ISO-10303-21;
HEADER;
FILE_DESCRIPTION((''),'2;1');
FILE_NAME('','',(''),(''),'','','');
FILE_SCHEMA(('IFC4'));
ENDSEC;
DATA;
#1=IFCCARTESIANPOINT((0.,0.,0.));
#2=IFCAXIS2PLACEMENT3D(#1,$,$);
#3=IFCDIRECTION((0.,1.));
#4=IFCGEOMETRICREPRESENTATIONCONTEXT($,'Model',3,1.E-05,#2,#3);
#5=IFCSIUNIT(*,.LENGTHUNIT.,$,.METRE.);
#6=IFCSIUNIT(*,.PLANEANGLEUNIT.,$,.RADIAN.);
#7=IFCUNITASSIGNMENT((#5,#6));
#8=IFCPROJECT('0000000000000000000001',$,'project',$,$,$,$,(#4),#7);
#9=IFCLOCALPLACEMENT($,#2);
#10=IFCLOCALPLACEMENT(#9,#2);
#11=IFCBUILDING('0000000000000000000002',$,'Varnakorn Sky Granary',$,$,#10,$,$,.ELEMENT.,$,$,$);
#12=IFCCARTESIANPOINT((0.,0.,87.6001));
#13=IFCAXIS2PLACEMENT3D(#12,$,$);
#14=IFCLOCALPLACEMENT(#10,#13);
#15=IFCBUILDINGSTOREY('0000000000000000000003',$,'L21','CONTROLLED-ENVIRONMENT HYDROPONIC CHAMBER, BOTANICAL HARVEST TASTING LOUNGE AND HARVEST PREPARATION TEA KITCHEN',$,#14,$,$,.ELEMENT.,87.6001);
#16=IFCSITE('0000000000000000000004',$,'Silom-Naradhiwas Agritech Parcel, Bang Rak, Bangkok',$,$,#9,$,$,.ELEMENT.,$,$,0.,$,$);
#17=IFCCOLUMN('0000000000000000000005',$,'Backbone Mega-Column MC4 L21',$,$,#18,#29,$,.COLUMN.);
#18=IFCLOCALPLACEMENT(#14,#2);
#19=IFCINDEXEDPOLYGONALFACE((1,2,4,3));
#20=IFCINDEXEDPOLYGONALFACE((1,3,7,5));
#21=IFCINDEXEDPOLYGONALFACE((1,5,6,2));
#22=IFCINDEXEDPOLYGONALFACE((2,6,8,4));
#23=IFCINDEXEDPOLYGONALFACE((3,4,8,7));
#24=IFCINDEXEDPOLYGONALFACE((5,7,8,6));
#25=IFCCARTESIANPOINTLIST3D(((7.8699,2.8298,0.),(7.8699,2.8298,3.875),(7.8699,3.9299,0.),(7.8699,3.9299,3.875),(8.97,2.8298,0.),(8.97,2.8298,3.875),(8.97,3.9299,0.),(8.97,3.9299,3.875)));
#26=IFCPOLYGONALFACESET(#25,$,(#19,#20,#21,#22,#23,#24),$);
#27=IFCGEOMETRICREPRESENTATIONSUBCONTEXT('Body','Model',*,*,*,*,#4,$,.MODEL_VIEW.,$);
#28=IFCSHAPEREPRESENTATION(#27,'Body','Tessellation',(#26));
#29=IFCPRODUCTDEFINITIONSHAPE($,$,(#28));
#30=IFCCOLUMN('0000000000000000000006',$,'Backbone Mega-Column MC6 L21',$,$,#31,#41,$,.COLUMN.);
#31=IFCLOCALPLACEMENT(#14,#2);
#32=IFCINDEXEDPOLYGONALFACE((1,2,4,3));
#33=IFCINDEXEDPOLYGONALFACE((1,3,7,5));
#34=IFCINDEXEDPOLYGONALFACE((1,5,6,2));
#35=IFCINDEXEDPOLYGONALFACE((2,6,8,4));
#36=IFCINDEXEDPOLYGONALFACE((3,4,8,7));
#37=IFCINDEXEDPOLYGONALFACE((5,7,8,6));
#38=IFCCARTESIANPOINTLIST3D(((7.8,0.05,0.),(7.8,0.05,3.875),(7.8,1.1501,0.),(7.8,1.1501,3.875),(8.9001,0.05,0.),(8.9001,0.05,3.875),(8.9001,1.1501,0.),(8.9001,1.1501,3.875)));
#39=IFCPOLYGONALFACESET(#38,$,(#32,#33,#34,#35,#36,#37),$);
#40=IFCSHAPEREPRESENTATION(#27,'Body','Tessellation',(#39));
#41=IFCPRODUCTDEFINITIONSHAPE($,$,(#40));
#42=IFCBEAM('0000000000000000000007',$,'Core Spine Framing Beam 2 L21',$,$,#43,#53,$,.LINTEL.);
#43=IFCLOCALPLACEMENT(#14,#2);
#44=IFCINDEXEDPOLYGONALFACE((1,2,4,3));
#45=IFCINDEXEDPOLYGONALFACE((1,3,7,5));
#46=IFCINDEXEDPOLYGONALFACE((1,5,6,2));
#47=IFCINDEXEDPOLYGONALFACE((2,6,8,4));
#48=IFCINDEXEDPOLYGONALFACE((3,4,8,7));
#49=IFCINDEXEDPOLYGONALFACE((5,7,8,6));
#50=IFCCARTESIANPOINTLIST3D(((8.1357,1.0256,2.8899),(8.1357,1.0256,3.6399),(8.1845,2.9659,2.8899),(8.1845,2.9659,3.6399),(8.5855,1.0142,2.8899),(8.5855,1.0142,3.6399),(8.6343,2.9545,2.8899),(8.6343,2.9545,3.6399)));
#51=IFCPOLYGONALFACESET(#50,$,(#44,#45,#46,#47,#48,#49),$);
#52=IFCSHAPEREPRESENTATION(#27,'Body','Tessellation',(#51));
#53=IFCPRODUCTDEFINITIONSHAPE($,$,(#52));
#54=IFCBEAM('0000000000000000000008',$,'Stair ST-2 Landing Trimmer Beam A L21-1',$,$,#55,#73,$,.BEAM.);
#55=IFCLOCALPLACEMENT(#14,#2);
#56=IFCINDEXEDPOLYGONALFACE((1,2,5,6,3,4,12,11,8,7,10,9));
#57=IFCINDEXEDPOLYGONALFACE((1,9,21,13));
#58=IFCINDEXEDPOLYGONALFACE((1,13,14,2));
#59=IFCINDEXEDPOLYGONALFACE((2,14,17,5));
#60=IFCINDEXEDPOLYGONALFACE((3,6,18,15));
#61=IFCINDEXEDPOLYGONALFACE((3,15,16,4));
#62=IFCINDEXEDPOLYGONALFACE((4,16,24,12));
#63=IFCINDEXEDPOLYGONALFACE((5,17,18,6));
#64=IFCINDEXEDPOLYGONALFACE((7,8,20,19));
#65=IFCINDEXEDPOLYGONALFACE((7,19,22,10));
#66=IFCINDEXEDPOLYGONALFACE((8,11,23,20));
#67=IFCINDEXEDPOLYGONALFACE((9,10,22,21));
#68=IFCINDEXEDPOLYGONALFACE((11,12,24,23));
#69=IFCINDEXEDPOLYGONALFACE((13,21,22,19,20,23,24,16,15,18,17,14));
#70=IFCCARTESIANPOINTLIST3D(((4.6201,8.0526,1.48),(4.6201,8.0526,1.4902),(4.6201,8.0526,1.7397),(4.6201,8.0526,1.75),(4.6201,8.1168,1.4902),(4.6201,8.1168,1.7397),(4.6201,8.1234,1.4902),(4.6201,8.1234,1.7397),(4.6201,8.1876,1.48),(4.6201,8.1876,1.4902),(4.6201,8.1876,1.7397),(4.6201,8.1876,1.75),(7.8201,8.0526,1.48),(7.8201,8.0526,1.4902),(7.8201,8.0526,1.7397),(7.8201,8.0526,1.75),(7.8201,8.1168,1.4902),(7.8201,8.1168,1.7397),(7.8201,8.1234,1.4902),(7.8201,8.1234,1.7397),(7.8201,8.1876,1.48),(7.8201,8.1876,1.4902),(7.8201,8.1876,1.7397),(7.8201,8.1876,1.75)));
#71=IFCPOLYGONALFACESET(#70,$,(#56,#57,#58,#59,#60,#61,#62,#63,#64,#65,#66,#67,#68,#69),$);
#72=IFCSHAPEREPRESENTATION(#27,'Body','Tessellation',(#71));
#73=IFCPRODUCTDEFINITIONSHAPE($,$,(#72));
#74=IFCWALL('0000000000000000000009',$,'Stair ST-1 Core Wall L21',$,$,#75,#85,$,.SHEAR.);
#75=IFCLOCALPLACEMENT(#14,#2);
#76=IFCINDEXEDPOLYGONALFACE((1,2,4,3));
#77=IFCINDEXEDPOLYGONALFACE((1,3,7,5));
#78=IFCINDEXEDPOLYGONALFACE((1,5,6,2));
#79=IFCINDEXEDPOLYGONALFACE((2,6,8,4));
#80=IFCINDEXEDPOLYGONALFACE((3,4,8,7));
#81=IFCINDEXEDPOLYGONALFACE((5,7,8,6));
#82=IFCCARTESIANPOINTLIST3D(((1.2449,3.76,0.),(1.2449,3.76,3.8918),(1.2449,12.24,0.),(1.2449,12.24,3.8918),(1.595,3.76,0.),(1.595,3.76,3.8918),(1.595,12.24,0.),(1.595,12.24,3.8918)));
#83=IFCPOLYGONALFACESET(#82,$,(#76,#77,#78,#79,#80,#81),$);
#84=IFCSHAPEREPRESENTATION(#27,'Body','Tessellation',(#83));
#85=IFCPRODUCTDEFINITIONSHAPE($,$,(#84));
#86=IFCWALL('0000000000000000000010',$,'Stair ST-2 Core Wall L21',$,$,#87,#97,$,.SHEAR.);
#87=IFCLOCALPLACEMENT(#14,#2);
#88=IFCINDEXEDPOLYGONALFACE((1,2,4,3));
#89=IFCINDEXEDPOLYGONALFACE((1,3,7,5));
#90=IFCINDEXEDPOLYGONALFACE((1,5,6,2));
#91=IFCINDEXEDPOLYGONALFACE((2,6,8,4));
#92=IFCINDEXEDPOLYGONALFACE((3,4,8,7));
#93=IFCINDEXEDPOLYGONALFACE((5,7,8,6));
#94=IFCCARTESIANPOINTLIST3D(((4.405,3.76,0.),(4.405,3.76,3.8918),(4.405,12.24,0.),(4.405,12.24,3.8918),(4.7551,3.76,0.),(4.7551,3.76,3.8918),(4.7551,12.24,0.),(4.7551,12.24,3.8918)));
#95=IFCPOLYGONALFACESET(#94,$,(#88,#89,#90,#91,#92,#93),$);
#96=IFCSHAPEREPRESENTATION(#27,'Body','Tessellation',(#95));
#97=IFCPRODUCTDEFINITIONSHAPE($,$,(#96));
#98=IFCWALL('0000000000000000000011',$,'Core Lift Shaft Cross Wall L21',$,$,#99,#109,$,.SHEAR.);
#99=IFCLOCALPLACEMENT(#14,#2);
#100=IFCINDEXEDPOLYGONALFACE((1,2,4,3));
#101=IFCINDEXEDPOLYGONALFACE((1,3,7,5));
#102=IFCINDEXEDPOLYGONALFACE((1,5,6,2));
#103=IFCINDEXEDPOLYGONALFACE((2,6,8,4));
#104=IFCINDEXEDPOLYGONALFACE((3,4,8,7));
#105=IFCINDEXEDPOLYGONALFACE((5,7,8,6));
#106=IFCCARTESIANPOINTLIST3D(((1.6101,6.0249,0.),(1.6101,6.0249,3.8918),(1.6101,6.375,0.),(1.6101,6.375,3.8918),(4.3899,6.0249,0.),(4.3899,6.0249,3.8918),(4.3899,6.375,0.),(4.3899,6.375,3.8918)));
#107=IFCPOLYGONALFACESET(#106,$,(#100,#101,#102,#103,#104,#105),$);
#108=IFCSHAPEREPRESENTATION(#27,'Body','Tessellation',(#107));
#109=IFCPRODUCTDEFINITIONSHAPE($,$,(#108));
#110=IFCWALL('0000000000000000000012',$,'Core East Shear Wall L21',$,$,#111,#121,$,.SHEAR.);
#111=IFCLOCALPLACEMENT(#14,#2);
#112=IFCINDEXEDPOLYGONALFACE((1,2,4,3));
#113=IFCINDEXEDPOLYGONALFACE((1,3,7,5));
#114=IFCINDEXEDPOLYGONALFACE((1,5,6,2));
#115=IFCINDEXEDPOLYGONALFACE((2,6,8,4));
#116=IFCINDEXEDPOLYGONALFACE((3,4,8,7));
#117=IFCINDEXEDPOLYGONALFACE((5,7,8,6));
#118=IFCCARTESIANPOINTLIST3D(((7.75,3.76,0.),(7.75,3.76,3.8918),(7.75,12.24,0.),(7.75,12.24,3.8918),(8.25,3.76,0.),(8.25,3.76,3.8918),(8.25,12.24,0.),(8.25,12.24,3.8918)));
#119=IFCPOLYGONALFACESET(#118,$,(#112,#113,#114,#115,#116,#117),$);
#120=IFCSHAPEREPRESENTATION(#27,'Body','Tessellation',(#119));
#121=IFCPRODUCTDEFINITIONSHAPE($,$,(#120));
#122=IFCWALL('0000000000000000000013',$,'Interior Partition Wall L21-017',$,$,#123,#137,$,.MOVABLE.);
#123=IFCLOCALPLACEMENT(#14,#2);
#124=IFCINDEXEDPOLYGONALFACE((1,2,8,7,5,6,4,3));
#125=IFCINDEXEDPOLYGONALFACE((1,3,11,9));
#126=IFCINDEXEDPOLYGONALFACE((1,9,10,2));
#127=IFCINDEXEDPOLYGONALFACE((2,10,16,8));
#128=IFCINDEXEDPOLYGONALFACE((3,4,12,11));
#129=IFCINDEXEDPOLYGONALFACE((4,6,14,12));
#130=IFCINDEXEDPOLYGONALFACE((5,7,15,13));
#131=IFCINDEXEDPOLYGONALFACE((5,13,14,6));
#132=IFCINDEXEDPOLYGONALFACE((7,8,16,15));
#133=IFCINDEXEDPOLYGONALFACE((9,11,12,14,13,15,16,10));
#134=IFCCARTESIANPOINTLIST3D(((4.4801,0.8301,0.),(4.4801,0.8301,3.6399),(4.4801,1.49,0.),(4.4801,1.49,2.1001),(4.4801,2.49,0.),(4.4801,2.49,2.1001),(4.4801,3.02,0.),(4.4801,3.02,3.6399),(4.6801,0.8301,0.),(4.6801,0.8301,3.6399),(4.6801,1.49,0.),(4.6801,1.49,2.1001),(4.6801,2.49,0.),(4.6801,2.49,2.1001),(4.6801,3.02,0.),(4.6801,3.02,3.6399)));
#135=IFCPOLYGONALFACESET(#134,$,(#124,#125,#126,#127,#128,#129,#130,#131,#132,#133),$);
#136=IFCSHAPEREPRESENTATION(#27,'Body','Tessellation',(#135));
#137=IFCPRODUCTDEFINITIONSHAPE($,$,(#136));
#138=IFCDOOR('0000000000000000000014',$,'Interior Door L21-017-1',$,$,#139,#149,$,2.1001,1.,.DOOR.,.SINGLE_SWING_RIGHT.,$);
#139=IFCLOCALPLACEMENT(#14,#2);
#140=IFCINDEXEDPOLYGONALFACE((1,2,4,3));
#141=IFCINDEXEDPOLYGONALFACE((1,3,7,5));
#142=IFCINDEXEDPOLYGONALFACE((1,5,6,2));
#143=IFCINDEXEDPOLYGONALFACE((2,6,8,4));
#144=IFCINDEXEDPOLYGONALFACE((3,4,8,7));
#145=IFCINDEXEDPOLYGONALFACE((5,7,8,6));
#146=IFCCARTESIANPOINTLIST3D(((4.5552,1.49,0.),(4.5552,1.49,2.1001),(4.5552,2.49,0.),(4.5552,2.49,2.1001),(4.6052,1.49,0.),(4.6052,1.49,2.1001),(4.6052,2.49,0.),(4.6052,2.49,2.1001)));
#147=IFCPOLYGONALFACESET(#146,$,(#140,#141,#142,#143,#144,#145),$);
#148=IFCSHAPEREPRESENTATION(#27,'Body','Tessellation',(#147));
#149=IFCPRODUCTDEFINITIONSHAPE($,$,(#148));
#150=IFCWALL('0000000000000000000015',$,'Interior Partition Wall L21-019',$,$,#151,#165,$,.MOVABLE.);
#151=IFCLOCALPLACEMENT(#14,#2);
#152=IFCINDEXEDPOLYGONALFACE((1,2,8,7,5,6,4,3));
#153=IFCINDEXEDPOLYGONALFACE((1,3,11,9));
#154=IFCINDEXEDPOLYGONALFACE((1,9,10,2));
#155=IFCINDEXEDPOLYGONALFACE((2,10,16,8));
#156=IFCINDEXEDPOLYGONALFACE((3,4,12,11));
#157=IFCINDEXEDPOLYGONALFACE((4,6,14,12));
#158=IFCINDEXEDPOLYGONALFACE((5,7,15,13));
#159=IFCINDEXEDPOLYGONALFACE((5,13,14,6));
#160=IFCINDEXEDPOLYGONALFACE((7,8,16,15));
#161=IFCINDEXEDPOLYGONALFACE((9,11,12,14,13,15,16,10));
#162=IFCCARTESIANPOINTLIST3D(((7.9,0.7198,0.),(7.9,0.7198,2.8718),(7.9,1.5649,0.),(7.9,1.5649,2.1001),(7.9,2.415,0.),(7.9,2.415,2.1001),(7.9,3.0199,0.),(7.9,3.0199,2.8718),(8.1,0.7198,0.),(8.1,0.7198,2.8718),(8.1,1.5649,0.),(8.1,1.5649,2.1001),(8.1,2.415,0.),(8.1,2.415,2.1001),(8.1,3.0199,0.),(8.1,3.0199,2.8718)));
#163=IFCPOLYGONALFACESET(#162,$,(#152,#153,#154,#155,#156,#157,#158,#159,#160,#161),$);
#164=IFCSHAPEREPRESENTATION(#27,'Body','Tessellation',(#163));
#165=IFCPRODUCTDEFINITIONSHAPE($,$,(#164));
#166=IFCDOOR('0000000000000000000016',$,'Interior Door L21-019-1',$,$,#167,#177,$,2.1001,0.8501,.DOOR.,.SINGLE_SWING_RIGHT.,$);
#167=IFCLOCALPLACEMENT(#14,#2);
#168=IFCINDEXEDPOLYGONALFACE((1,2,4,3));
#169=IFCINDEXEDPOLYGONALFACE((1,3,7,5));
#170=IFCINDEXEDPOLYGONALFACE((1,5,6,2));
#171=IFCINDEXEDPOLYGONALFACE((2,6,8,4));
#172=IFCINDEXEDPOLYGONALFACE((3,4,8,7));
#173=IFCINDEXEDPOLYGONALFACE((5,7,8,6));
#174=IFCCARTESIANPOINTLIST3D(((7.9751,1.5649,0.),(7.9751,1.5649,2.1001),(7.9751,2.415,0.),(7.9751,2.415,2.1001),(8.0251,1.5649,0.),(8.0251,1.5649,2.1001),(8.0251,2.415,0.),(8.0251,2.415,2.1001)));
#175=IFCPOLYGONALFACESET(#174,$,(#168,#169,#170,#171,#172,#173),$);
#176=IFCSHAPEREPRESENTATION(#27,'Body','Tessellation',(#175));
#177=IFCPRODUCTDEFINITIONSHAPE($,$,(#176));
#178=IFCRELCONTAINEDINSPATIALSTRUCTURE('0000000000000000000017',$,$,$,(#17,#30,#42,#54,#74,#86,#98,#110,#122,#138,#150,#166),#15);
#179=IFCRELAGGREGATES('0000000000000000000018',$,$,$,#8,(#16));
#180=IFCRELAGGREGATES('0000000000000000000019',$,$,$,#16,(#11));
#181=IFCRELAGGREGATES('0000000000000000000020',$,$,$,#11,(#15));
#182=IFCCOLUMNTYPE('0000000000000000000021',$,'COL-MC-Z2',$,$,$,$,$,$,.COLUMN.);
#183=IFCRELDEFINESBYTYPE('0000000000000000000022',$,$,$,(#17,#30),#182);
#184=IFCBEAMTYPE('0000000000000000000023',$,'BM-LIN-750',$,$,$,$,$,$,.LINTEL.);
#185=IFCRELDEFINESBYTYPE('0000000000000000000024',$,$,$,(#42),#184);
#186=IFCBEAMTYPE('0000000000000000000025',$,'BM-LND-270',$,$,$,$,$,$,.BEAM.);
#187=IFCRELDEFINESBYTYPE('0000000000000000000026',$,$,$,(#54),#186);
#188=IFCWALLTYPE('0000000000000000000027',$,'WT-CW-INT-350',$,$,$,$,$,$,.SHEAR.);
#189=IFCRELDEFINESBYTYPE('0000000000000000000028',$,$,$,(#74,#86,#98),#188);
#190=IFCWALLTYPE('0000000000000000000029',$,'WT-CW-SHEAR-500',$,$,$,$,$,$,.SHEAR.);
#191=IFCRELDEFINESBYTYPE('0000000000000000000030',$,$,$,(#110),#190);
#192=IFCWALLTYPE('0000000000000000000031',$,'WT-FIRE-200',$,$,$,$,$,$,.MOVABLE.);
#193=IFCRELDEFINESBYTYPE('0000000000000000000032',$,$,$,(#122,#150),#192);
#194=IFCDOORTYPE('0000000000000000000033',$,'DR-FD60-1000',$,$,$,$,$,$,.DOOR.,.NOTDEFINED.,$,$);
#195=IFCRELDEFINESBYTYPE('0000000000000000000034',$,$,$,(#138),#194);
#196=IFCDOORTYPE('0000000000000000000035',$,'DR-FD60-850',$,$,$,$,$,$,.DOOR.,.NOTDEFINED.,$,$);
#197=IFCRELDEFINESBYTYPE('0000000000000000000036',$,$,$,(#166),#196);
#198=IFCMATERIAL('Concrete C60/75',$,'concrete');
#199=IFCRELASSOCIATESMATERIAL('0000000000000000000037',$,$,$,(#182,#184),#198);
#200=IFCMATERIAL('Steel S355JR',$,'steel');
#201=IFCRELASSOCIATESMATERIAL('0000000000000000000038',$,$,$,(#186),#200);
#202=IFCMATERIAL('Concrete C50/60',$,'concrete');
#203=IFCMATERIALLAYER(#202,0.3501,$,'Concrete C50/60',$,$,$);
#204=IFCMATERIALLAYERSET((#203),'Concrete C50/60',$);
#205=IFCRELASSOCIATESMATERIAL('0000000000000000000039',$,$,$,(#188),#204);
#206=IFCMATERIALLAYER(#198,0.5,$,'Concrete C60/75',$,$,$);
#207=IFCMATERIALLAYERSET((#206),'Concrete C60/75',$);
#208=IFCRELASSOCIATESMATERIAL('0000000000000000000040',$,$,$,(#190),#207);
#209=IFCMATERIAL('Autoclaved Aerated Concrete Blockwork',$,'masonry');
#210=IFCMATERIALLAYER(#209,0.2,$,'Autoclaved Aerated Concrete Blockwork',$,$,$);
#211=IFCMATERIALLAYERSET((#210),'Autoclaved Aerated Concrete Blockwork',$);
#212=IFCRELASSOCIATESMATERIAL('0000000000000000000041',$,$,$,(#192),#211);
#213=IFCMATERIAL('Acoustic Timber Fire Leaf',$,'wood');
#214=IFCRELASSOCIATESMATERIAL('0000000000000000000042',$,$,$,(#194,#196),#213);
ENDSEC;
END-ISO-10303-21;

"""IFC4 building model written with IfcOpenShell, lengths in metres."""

from ifc_helpers import new_model, si_unit, direction, frame, frame_2d, origin, origin_2d, place, context, subcontext, project, spatial, rectangle, i_section, extrude, material, layer, layer_set, material_profile, profile_set, type_object, element, fill, save


model = new_model("IFC4")

# Units and contexts
model_context = context("Model", 3, precision=1e-05, world=origin(), true_north=direction((0.0, 1.0)))
body_context = subcontext(model_context, "Body", "Model", "MODEL_VIEW")
ifc_project = project(units=[si_unit("LENGTHUNIT", "METRE"), si_unit("PLANEANGLEUNIT", "RADIAN")], contexts=[model_context])

# Site, building, storey
site_placement = place(None, origin())
site = spatial("IfcSite", under=ifc_project, at=site_placement, Name="Silom-Naradhiwas Agritech Parcel, Bang Rak, Bangkok", CompositionType="ELEMENT", RefElevation=0.0)
building_placement = place(site_placement, origin())
building = spatial("IfcBuilding", under=site, at=building_placement, Name="Varnakorn Sky Granary", CompositionType="ELEMENT")
storey_placement = place(building_placement, frame((0.0, 0.0, 87.6001)))
storey = spatial("IfcBuildingStorey", under=building, at=storey_placement, Name="L21", Description="CONTROLLED-ENVIRONMENT HYDROPONIC CHAMBER, BOTANICAL HARVEST TASTING LOUNGE AND HARVEST PREPARATION TEA KITCHEN", CompositionType="ELEMENT", Elevation=87.6001)

# Columns
ifc_material_1 = material(Name="Concrete C60/75", Category="concrete")
ifc_material_profile_1 = material_profile(ifc_material_1, rectangle(XDim=1.1001, YDim=1.1001, at=origin_2d()), Name="RC 1100x1100")
ifc_profile_set_1 = profile_set([ifc_material_profile_1], Name="Concrete C60/75")
column_type = type_object("IfcColumnType", Name="COL-MC-Z2", PredefinedType="COLUMN", material=ifc_profile_set_1)
for number, where, z_axis, x_axis, name in (
    (1, (8.4199, 3.3799, 0.0), (0.0, 0.0, 1.0), (1.0, 0.0, 0.0), "Backbone Mega-Column MC4 L21"),
    (2, (8.3501, 0.6001, 0.0), (0.0, 0.0, 1.0), (1.0, 0.0, 0.0), "Backbone Mega-Column MC6 L21"),
):
    element("IfcColumn", number, at=place(storey_placement, frame(where, z_axis=z_axis, x_axis=x_axis)), inside=storey, type_object=column_type, Name=name, PredefinedType="COLUMN", context=body_context, shape_type="SweptSolid", body=[
        extrude(rectangle(XDim=1.1001, YDim=1.1001, at=origin_2d()), origin(), (0.0, 0.0, 1.0), 3.875),
    ])

# Beams
ifc_material_profile_2 = material_profile(ifc_material_1, rectangle(XDim=0.45, YDim=0.75, at=origin_2d()), Name="RC 450x750")
ifc_profile_set_2 = profile_set([ifc_material_profile_2], Name="Concrete C60/75")
beam_type_1 = type_object("IfcBeamType", Name="BM-LIN-750", PredefinedType="LINTEL", material=ifc_profile_set_2)
beam_1_placement = place(storey_placement, frame((8.4094, 2.9602, 3.2649), z_axis=(-0.025159, -0.999683, 0.0), x_axis=(0.999683, -0.025159, 0.0)))
element("IfcBeam", 3, at=beam_1_placement, inside=storey, type_object=beam_type_1, Name="Core Spine Framing Beam 2 L21", PredefinedType="LINTEL", context=body_context, shape_type="SweptSolid", body=[
    extrude(rectangle(XDim=0.45, YDim=0.75, at=origin_2d()), origin(), (0.0, 0.0, 1.0), 1.9409),
])
ifc_material_2 = material(Name="Steel S355JR", Category="steel")
ifc_material_profile_3 = material_profile(ifc_material_2, i_section(OverallWidth=0.135, OverallDepth=0.27, WebThickness=0.0066, FlangeThickness=0.0103, at=origin_2d()), Name="IPE 270")
ifc_profile_set_3 = profile_set([ifc_material_profile_3], Name="Steel S355JR")
beam_type_2 = type_object("IfcBeamType", Name="BM-LND-270", PredefinedType="BEAM", material=ifc_profile_set_3)
beam_2_placement = place(storey_placement, frame((4.6201, 8.1201, 1.615), z_axis=(1.0, 0.0, 0.0), x_axis=(0.0, 1.0, 0.0)))
element("IfcBeam", 4, at=beam_2_placement, inside=storey, type_object=beam_type_2, Name="Stair ST-2 Landing Trimmer Beam A L21-1", PredefinedType="BEAM", context=body_context, shape_type="SweptSolid", body=[
    extrude(i_section(OverallWidth=0.135, OverallDepth=0.27, WebThickness=0.0066, FlangeThickness=0.0103, at=origin_2d()), origin(), (0.0, 0.0, 1.0), 3.2),
])

# Walls
ifc_material_3 = material(Name="Concrete C50/60", Category="concrete")
ifc_layer_1 = layer(ifc_material_3, 0.3501, Name="Concrete C50/60")
ifc_layer_set_1 = layer_set([ifc_layer_1], Name="Concrete C50/60")
wall_type_1 = type_object("IfcWallType", Name="WT-CW-INT-350", PredefinedType="SHEAR", material=ifc_layer_set_1)
for number, where, z_axis, x_axis, name in (
    (5, (1.4199, 3.76, 0.0), (0.0, 0.0, 1.0), (0.0, 1.0, 0.0), "Stair ST-1 Core Wall L21"),
    (6, (4.5801, 3.76, 0.0), (0.0, 0.0, 1.0), (0.0, 1.0, 0.0), "Stair ST-2 Core Wall L21"),
):
    element("IfcWall", number, at=place(storey_placement, frame(where, z_axis=z_axis, x_axis=x_axis)), inside=storey, type_object=wall_type_1, Name=name, PredefinedType="SHEAR", context=body_context, shape_type="SweptSolid", body=[
        extrude(rectangle(XDim=8.48, YDim=0.3501, at=frame_2d((4.24, 0.0))), origin(), (0.0, 0.0, 1.0), 3.8918),
    ])
wall_1_placement = place(storey_placement, frame((1.6101, 6.2, 0.0), z_axis=(0.0, 0.0, 1.0), x_axis=(1.0, 0.0, 0.0)))
element("IfcWall", 7, at=wall_1_placement, inside=storey, type_object=wall_type_1, Name="Core Lift Shaft Cross Wall L21", PredefinedType="SHEAR", context=body_context, shape_type="SweptSolid", body=[
    extrude(rectangle(XDim=2.7798, YDim=0.3501, at=frame_2d((1.3899, 0.0))), origin(), (0.0, 0.0, 1.0), 3.8918),
])
ifc_layer_2 = layer(ifc_material_1, 0.5, Name="Concrete C60/75")
ifc_layer_set_2 = layer_set([ifc_layer_2], Name="Concrete C60/75")
wall_type_2 = type_object("IfcWallType", Name="WT-CW-SHEAR-500", PredefinedType="SHEAR", material=ifc_layer_set_2)
wall_2_placement = place(storey_placement, frame((8.0, 3.76, 0.0), z_axis=(0.0, 0.0, 1.0), x_axis=(0.0, 1.0, 0.0)))
element("IfcWall", 8, at=wall_2_placement, inside=storey, type_object=wall_type_2, Name="Core East Shear Wall L21", PredefinedType="SHEAR", context=body_context, shape_type="SweptSolid", body=[
    extrude(rectangle(XDim=8.48, YDim=0.5, at=frame_2d((4.24, 0.0))), origin(), (0.0, 0.0, 1.0), 3.8918),
])

# Walls, openings, doors
ifc_material_4 = material(Name="Autoclaved Aerated Concrete Blockwork", Category="masonry")
ifc_layer_3 = layer(ifc_material_4, 0.2, Name="Autoclaved Aerated Concrete Blockwork")
ifc_layer_set_3 = layer_set([ifc_layer_3], Name="Autoclaved Aerated Concrete Blockwork")
wall_type_3 = type_object("IfcWallType", Name="WT-FIRE-200", PredefinedType="MOVABLE", material=ifc_layer_set_3)
wall_3_placement = place(storey_placement, frame((4.5801, 0.8301, 0.0), z_axis=(0.0, 0.0, 1.0), x_axis=(0.0, 1.0, 0.0)))
wall_3 = element("IfcWall", 9, at=wall_3_placement, inside=storey, type_object=wall_type_3, Name="Interior Partition Wall L21-017", PredefinedType="MOVABLE", context=body_context, shape_type="SweptSolid", body=[
    extrude(rectangle(XDim=2.1899, YDim=0.2, at=frame_2d((1.095, 0.0))), origin(), (0.0, 0.0, 1.0), 3.6399),
])
opening_1_placement = place(wall_3_placement, frame((0.6599, 0.0, 0.0)))
opening_1 = element("IfcOpeningElement", 10, at=opening_1_placement, cuts=wall_3, PredefinedType="OPENING", context=body_context, shape_type="SweptSolid", body=[
    extrude(rectangle(XDim=1.0, YDim=2.1001, at=frame_2d((0.5, 1.05))), frame((0.0, 0.1099, 0.0), z_axis=(0.0, -1.0, 0.0), x_axis=(1.0, 0.0, 0.0)), (0.0, 0.0, 1.0), 0.22),
])
ifc_material_5 = material(Name="Acoustic Timber Fire Leaf", Category="wood")
door_type_1 = type_object("IfcDoorType", Name="DR-FD60-1000", OperationType="NOTDEFINED", PredefinedType="DOOR", material=ifc_material_5)
door_1_placement = place(opening_1_placement, origin())
door_1 = element("IfcDoor", 11, at=door_1_placement, inside=storey, type_object=door_type_1, Name="Interior Door L21-017-1", OperationType="SINGLE_SWING_RIGHT", OverallHeight=2.1001, OverallWidth=1.0, PredefinedType="DOOR", context=body_context, shape_type="SweptSolid", body=[
    extrude(rectangle(XDim=1.0, YDim=2.1001, at=frame_2d((0.5, 1.05))), frame((0.0, 0.0249, 0.0), z_axis=(0.0, -1.0, 0.0), x_axis=(1.0, 0.0, 0.0)), (0.0, 0.0, 1.0), 0.05),
])
fill(opening_1, door_1)
wall_4_placement = place(storey_placement, frame((8.0, 0.72, 0.0), z_axis=(0.0, 0.0, 1.0), x_axis=(0.0, 1.0, 0.0)))
wall_4 = element("IfcWall", 12, at=wall_4_placement, inside=storey, type_object=wall_type_3, Name="Interior Partition Wall L21-019", PredefinedType="MOVABLE", context=body_context, shape_type="SweptSolid", body=[
    extrude(rectangle(XDim=2.3, YDim=0.2, at=frame_2d((1.1499, 0.0))), origin(), (0.0, 0.0, 1.0), 2.8718),
])
opening_2_placement = place(wall_4_placement, frame((0.845, 0.0, 0.0)))
opening_2 = element("IfcOpeningElement", 13, at=opening_2_placement, cuts=wall_4, PredefinedType="OPENING", context=body_context, shape_type="SweptSolid", body=[
    extrude(rectangle(XDim=0.8501, YDim=2.1001, at=frame_2d((0.425, 1.05))), frame((0.0, 0.1099, 0.0), z_axis=(0.0, -1.0, 0.0), x_axis=(1.0, 0.0, 0.0)), (0.0, 0.0, 1.0), 0.22),
])
door_type_2 = type_object("IfcDoorType", Name="DR-FD60-850", OperationType="NOTDEFINED", PredefinedType="DOOR", material=ifc_material_5)
door_2_placement = place(opening_2_placement, origin())
door_2 = element("IfcDoor", 14, at=door_2_placement, inside=storey, type_object=door_type_2, Name="Interior Door L21-019-1", OperationType="SINGLE_SWING_RIGHT", OverallHeight=2.1001, OverallWidth=0.8501, PredefinedType="DOOR", context=body_context, shape_type="SweptSolid", body=[
    extrude(rectangle(XDim=0.8501, YDim=2.1001, at=frame_2d((0.425, 1.05))), frame((0.0, 0.0249, 0.0), z_axis=(0.0, -1.0, 0.0), x_axis=(1.0, 0.0, 0.0)), (0.0, 0.0, 1.0), 0.05),
])
fill(opening_2, door_2)

save(model, "model.ifc")
